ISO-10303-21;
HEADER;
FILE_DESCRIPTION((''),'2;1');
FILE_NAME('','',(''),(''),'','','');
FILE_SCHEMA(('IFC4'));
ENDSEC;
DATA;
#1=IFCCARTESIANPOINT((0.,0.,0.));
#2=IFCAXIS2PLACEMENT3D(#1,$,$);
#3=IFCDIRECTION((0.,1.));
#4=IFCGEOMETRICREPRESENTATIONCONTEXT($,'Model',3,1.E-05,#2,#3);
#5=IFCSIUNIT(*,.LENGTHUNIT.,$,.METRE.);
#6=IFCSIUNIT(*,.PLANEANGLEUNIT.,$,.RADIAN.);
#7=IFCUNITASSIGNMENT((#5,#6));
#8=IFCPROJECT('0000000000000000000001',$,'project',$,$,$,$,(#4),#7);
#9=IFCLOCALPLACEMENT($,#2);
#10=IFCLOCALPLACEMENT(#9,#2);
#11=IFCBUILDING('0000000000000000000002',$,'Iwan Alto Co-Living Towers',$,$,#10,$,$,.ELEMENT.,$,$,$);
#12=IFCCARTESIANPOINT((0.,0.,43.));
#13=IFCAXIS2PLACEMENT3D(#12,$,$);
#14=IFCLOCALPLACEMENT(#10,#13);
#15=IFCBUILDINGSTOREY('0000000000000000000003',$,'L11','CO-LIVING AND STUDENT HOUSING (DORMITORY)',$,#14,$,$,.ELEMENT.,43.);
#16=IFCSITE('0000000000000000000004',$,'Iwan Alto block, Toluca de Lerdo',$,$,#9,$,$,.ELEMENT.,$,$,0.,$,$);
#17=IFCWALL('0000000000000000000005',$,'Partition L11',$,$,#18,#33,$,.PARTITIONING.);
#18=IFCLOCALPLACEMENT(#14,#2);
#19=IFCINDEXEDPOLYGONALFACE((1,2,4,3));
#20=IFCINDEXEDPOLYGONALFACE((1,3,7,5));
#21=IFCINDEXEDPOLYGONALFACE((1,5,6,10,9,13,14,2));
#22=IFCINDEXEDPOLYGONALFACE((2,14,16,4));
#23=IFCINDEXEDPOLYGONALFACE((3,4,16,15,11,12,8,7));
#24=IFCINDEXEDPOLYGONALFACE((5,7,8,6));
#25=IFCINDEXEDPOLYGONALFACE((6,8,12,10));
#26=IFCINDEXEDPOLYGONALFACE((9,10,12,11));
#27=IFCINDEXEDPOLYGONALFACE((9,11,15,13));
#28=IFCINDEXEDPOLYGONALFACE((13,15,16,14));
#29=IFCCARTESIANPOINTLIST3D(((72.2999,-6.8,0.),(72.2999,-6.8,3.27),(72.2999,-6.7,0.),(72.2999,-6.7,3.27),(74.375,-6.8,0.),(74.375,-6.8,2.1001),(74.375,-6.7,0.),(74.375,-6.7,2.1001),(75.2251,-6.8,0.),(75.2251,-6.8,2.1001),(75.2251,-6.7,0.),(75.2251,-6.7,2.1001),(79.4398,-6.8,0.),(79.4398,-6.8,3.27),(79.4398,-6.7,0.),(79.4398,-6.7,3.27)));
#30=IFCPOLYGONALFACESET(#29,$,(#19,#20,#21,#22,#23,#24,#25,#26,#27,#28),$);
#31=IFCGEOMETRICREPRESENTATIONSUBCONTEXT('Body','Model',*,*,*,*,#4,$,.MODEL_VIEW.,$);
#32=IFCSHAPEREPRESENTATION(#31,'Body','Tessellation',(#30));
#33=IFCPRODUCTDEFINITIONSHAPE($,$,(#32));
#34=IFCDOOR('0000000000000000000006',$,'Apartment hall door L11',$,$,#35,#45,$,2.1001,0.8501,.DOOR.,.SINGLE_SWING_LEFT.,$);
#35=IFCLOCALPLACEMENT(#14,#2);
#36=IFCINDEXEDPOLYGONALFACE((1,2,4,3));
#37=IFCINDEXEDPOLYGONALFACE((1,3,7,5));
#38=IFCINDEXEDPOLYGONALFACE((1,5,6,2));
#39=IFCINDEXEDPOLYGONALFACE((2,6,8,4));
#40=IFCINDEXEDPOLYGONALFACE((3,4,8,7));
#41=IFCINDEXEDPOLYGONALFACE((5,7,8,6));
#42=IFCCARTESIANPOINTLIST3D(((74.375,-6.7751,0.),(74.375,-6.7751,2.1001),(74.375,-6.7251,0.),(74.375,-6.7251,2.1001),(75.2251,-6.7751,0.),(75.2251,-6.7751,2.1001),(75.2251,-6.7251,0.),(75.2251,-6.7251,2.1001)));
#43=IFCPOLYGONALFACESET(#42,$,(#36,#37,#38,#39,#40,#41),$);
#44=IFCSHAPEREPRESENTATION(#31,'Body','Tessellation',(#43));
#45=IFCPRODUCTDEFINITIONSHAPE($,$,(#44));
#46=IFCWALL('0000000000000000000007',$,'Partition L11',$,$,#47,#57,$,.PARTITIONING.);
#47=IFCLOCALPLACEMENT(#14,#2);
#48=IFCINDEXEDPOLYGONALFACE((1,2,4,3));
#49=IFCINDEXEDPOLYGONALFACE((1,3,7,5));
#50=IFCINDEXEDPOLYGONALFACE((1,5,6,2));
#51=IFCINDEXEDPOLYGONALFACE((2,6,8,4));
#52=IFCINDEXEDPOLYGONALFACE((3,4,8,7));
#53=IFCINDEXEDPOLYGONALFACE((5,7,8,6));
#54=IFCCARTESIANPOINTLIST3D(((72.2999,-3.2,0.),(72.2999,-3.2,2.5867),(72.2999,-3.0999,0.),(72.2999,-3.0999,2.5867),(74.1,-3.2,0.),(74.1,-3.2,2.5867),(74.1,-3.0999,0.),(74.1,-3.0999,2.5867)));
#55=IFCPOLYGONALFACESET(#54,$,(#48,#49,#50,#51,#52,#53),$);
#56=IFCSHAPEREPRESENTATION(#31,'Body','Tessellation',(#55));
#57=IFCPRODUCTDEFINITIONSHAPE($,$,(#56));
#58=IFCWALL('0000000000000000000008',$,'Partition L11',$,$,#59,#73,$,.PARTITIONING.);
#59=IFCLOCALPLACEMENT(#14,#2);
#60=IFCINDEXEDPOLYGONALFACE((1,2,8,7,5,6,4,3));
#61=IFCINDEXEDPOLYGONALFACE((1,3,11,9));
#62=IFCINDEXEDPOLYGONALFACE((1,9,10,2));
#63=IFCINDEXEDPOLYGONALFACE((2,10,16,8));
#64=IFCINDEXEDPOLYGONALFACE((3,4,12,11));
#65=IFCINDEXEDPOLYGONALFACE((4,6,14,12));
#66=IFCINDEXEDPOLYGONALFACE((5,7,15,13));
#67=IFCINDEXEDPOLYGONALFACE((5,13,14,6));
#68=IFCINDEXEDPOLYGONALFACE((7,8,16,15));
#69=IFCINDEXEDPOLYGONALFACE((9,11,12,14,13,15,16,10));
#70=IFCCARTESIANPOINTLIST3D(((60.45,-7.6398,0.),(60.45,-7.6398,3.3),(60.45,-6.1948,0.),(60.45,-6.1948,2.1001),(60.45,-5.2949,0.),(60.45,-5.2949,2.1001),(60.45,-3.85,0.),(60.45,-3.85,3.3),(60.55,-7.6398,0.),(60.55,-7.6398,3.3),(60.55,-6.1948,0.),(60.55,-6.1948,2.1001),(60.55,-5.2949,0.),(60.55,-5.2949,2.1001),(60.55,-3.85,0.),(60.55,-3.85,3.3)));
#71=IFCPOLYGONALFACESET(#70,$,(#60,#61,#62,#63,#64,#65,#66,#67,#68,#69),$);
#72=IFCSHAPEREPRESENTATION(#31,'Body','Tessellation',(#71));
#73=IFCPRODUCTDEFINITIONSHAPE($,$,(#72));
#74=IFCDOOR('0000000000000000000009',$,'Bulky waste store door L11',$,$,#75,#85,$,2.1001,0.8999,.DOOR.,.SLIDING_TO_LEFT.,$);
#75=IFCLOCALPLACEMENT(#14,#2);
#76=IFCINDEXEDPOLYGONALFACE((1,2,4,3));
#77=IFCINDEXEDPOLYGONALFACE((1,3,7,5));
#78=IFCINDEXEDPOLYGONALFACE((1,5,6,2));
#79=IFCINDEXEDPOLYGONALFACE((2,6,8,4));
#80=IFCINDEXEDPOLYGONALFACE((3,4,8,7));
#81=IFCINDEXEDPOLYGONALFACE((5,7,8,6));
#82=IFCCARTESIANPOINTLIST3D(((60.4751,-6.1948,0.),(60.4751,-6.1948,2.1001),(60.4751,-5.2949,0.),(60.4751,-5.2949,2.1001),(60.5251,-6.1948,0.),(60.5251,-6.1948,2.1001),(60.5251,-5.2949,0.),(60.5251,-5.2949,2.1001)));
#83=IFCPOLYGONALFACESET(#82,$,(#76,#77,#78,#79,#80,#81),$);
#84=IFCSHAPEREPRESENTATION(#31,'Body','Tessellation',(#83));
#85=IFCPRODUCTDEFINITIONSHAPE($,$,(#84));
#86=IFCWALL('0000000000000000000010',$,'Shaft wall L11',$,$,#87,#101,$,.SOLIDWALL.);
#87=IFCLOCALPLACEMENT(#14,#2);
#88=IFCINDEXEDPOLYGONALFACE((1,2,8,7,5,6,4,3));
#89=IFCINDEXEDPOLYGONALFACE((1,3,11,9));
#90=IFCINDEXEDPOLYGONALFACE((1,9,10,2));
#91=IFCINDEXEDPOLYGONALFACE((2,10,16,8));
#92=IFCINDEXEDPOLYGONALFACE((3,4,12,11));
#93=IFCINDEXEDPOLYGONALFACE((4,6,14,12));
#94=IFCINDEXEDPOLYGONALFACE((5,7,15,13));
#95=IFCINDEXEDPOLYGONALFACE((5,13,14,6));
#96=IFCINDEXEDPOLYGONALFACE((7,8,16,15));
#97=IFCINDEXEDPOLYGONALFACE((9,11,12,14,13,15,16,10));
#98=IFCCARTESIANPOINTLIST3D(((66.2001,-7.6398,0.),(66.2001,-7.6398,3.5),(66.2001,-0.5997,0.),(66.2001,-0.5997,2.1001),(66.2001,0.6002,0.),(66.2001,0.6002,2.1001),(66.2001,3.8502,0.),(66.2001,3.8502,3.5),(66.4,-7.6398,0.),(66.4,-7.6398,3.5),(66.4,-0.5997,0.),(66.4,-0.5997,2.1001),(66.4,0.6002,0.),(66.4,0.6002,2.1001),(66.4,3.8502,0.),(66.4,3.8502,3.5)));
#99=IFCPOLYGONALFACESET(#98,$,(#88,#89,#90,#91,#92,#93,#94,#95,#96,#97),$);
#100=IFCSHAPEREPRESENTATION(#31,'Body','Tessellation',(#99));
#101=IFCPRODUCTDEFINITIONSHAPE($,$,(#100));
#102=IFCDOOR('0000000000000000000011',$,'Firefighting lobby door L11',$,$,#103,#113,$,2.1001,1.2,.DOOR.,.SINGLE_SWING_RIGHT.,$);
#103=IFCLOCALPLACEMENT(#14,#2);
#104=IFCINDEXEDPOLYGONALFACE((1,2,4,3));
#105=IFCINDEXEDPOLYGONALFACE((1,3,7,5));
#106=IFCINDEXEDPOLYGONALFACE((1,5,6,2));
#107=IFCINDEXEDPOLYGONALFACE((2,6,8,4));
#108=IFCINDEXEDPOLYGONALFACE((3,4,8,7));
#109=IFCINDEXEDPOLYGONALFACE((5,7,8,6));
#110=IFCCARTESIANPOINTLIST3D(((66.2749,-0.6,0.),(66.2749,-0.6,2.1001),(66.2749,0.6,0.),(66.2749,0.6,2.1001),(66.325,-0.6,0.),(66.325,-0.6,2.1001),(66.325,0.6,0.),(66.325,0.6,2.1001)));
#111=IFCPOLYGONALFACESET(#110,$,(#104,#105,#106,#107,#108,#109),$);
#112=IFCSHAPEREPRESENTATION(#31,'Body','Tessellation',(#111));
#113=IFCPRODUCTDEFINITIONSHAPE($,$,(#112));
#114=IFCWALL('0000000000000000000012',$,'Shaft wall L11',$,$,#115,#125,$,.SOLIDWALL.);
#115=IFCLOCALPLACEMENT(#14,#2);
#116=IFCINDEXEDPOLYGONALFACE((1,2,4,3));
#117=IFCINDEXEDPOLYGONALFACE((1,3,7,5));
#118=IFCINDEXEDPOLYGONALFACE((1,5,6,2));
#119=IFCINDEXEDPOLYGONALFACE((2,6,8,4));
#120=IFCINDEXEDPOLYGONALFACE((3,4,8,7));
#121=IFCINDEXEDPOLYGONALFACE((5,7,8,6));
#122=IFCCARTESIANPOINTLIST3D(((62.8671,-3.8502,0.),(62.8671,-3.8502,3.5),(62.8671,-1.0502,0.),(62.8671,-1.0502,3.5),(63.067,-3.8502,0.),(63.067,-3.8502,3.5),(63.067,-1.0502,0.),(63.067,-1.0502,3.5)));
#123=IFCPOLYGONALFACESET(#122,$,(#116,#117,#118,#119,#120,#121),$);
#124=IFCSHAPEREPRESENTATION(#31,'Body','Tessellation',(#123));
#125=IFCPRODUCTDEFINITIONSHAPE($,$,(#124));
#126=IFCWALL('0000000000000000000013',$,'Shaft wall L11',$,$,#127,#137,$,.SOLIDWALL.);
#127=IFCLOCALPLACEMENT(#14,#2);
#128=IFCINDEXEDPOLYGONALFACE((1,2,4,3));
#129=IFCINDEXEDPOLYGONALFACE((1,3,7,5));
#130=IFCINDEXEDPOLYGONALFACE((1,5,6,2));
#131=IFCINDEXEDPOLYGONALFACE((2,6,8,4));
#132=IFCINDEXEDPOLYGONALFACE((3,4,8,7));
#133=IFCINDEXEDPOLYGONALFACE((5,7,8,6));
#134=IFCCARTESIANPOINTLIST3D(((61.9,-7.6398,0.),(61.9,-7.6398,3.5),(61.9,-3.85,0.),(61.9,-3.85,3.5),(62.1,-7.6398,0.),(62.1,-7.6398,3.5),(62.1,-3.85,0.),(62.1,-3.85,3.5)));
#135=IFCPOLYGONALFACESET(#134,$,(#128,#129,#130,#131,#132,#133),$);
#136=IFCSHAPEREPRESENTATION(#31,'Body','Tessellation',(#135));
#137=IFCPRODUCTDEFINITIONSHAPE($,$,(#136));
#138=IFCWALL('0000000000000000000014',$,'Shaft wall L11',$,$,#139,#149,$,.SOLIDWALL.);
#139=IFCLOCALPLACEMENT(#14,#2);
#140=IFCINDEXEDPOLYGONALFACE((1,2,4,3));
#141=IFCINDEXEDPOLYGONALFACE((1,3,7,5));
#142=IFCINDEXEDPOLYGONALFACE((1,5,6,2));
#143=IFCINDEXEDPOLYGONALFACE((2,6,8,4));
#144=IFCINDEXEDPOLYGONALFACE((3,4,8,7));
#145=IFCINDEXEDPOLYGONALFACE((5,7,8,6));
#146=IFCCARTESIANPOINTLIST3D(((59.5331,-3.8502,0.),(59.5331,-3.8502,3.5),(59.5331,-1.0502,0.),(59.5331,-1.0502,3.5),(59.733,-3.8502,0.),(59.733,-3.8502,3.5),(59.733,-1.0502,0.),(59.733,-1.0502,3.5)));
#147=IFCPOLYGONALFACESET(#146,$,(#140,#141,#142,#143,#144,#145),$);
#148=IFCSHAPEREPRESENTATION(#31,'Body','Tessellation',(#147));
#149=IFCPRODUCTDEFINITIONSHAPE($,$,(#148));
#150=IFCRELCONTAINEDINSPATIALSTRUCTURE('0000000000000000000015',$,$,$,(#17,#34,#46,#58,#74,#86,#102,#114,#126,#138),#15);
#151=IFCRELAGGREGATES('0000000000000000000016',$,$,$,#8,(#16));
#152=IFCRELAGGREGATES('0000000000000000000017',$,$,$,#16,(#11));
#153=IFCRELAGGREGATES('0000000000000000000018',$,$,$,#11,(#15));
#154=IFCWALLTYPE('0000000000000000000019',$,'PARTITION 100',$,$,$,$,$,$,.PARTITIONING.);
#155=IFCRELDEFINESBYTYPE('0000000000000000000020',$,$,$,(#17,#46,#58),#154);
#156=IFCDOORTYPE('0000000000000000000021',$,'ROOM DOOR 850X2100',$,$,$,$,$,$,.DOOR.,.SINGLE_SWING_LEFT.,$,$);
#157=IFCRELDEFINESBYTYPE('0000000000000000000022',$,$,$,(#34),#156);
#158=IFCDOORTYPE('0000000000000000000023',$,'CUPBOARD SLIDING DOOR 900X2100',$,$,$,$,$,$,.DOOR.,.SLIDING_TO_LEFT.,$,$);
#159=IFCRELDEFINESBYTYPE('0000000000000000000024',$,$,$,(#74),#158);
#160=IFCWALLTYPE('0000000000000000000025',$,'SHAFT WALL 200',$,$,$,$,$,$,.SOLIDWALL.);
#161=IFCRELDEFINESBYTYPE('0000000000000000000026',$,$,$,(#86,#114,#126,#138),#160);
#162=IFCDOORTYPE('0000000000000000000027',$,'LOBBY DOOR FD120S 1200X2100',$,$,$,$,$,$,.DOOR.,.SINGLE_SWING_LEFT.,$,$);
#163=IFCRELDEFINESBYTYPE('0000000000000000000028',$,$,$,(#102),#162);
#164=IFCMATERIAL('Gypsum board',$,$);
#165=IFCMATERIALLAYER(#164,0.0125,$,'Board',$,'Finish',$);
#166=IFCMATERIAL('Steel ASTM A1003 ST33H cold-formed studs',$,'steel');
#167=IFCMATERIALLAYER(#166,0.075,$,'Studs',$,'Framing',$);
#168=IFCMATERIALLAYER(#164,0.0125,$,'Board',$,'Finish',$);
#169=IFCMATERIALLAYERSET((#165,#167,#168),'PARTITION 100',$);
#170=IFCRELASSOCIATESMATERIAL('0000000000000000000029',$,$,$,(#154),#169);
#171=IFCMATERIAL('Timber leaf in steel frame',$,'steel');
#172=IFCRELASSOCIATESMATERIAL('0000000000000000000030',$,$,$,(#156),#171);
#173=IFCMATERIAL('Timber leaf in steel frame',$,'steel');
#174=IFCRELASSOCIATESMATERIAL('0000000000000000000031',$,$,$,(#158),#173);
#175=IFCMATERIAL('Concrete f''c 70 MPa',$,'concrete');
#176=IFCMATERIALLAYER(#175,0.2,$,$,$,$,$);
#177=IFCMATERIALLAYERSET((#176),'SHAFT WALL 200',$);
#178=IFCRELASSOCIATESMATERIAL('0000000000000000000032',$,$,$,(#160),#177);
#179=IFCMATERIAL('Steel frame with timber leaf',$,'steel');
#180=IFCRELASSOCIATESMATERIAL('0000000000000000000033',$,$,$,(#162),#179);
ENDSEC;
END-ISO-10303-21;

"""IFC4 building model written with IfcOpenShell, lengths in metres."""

from ifc_helpers import new_model, si_unit, direction, frame, frame_2d, origin, place, context, subcontext, project, spatial, rectangle, extrude, material, layer, layer_set, type_object, element, fill, save


model = new_model("IFC4")

# Units and contexts
model_context = context("Model", 3, precision=1e-05, world=origin(), true_north=direction((0.0, 1.0)))
body_context = subcontext(model_context, "Body", "Model", "MODEL_VIEW")
ifc_project = project(units=[si_unit("LENGTHUNIT", "METRE"), si_unit("PLANEANGLEUNIT", "RADIAN")], contexts=[model_context])

# Site, building, storey
site_placement = place(None, origin())
site = spatial("IfcSite", under=ifc_project, at=site_placement, Name="Iwan Alto block, Toluca de Lerdo", CompositionType="ELEMENT", RefElevation=0.0)
building_placement = place(site_placement, origin())
building = spatial("IfcBuilding", under=site, at=building_placement, Name="Iwan Alto Co-Living Towers", CompositionType="ELEMENT")
storey_placement = place(building_placement, frame((0.0, 0.0, 43.0)))
storey = spatial("IfcBuildingStorey", under=building, at=storey_placement, Name="L11", Description="CO-LIVING AND STUDENT HOUSING (DORMITORY)", CompositionType="ELEMENT", Elevation=43.0)

# Wall, opening, door
ifc_material_1 = material(Name="Gypsum board")
ifc_layer_1 = layer(ifc_material_1, 0.0125, Name="Board", Category="Finish")
ifc_material_2 = material(Name="Steel ASTM A1003 ST33H cold-formed studs", Category="steel")
ifc_layer_2 = layer(ifc_material_2, 0.075, Name="Studs", Category="Framing")
ifc_layer_3 = layer(ifc_material_1, 0.0125, Name="Board", Category="Finish")
ifc_layer_set_1 = layer_set([ifc_layer_1, ifc_layer_2, ifc_layer_3], Name="PARTITION 100")
wall_type_1 = type_object("IfcWallType", Name="PARTITION 100", PredefinedType="PARTITIONING", material=ifc_layer_set_1)
wall_1_placement = place(storey_placement, frame((72.3, -6.75, 0.0), z_axis=(0.0, 0.0, 1.0), x_axis=(1.0, 0.0, 0.0)))
wall_1 = element("IfcWall", 1, at=wall_1_placement, inside=storey, type_object=wall_type_1, Name="Partition L11", PredefinedType="PARTITIONING", context=body_context, shape_type="SweptSolid", body=[
    extrude(rectangle(XDim=7.1399, YDim=0.1001, at=frame_2d((3.5698, 0.0))), origin(), (0.0, 0.0, 1.0), 3.27),
])
opening_1_placement = place(wall_1_placement, frame((2.075, 0.0, 0.0)))
opening_1 = element("IfcOpeningElement", 2, at=opening_1_placement, cuts=wall_1, PredefinedType="OPENING", context=body_context, shape_type="SweptSolid", body=[
    extrude(rectangle(XDim=0.8501, YDim=2.1001, at=frame_2d((0.425, 1.05))), frame((0.0, 0.0601, 0.0), z_axis=(0.0, -1.0, 0.0), x_axis=(1.0, 0.0, 0.0)), (0.0, 0.0, 1.0), 0.1201),
])
ifc_material_3 = material(Name="Timber leaf in steel frame", Category="steel")
door_type_1 = type_object("IfcDoorType", Name="ROOM DOOR 850X2100", OperationType="SINGLE_SWING_LEFT", PredefinedType="DOOR", material=ifc_material_3)
door_1_placement = place(opening_1_placement, origin())
door_1 = element("IfcDoor", 3, at=door_1_placement, inside=storey, type_object=door_type_1, Name="Apartment hall door L11", OperationType="SINGLE_SWING_LEFT", OverallHeight=2.1001, OverallWidth=0.8501, PredefinedType="DOOR", context=body_context, shape_type="SweptSolid", body=[
    extrude(rectangle(XDim=0.8501, YDim=2.1001, at=frame_2d((0.425, 1.05))), frame((0.0, 0.0249, 0.0), z_axis=(0.0, -1.0, 0.0), x_axis=(1.0, 0.0, 0.0)), (0.0, 0.0, 1.0), 0.05),
])
fill(opening_1, door_1)

# Wall
wall_2_placement = place(storey_placement, frame((72.3, -3.1499, 0.0), z_axis=(0.0, 0.0, 1.0), x_axis=(1.0, 0.0, 0.0)))
element("IfcWall", 4, at=wall_2_placement, inside=storey, type_object=wall_type_1, Name="Partition L11", PredefinedType="PARTITIONING", context=body_context, shape_type="SweptSolid", body=[
    extrude(rectangle(XDim=1.8, YDim=0.1001, at=frame_2d((0.8999, 0.0))), origin(), (0.0, 0.0, 1.0), 2.5867),
])

# Walls, openings, doors
wall_3_placement = place(storey_placement, frame((60.5, -7.6399, 0.0), z_axis=(0.0, 0.0, 1.0), x_axis=(0.0, 1.0, 0.0)))
wall_3 = element("IfcWall", 5, at=wall_3_placement, inside=storey, type_object=wall_type_1, Name="Partition L11", PredefinedType="PARTITIONING", context=body_context, shape_type="SweptSolid", body=[
    extrude(rectangle(XDim=3.7898, YDim=0.1001, at=frame_2d((1.895, 0.0))), origin(), (0.0, 0.0, 1.0), 3.3),
])
opening_2_placement = place(wall_3_placement, frame((1.4451, 0.0, 0.0)))
opening_2 = element("IfcOpeningElement", 6, at=opening_2_placement, cuts=wall_3, PredefinedType="OPENING", context=body_context, shape_type="SweptSolid", body=[
    extrude(rectangle(XDim=0.8999, YDim=2.1001, at=frame_2d((0.45, 1.05))), frame((0.0, 0.0601, 0.0), z_axis=(0.0, -1.0, 0.0), x_axis=(1.0, 0.0, 0.0)), (0.0, 0.0, 1.0), 0.1201),
])
ifc_material_4 = material(Name="Timber leaf in steel frame", Category="steel")
door_type_2 = type_object("IfcDoorType", Name="CUPBOARD SLIDING DOOR 900X2100", OperationType="SLIDING_TO_LEFT", PredefinedType="DOOR", material=ifc_material_4)
door_2_placement = place(opening_2_placement, origin())
door_2 = element("IfcDoor", 7, at=door_2_placement, inside=storey, type_object=door_type_2, Name="Bulky waste store door L11", OperationType="SLIDING_TO_LEFT", OverallHeight=2.1001, OverallWidth=0.8999, PredefinedType="DOOR", context=body_context, shape_type="SweptSolid", body=[
    extrude(rectangle(XDim=0.8999, YDim=2.1001, at=frame_2d((0.45, 1.05))), frame((0.0, 0.0249, 0.0), z_axis=(0.0, -1.0, 0.0), x_axis=(1.0, 0.0, 0.0)), (0.0, 0.0, 1.0), 0.05),
])
fill(opening_2, door_2)
ifc_material_5 = material(Name="Concrete f'c 70 MPa", Category="concrete")
ifc_layer_4 = layer(ifc_material_5, 0.2)
ifc_layer_set_2 = layer_set([ifc_layer_4], Name="SHAFT WALL 200")
wall_type_2 = type_object("IfcWallType", Name="SHAFT WALL 200", PredefinedType="SOLIDWALL", material=ifc_layer_set_2)
wall_4_placement = place(storey_placement, frame((66.3, -7.6399, 0.0), z_axis=(0.0, 0.0, 1.0), x_axis=(0.0, 1.0, 0.0)))
wall_4 = element("IfcWall", 8, at=wall_4_placement, inside=storey, type_object=wall_type_2, Name="Shaft wall L11", PredefinedType="SOLIDWALL", context=body_context, shape_type="SweptSolid", body=[
    extrude(rectangle(XDim=11.49, YDim=0.2, at=frame_2d((5.7451, 0.0))), origin(), (0.0, 0.0, 1.0), 3.5),
])
opening_3_placement = place(wall_4_placement, frame((7.04, 0.0, 0.0)))
opening_3 = element("IfcOpeningElement", 9, at=opening_3_placement, cuts=wall_4, PredefinedType="OPENING", context=body_context, shape_type="SweptSolid", body=[
    extrude(rectangle(XDim=1.2, YDim=2.1001, at=frame_2d((0.6001, 1.05))), frame((0.0, 0.1099, 0.0), z_axis=(0.0, -1.0, 0.0), x_axis=(1.0, 0.0, 0.0)), (0.0, 0.0, 1.0), 0.22),
])
ifc_material_6 = material(Name="Steel frame with timber leaf", Category="steel")
door_type_3 = type_object("IfcDoorType", Name="LOBBY DOOR FD120S 1200X2100", OperationType="SINGLE_SWING_LEFT", PredefinedType="DOOR", material=ifc_material_6)
door_3_placement = place(opening_3_placement, frame((1.2, 0.0, 0.0), z_axis=(0.0, 0.0, 1.0), x_axis=(-1.0, 0.0, 0.0)))
door_3 = element("IfcDoor", 10, at=door_3_placement, inside=storey, type_object=door_type_3, Name="Firefighting lobby door L11", OperationType="SINGLE_SWING_RIGHT", OverallHeight=2.1001, OverallWidth=1.2, PredefinedType="DOOR", context=body_context, shape_type="SweptSolid", body=[
    extrude(rectangle(XDim=1.2, YDim=2.1001, at=frame_2d((0.6001, 1.05))), frame((0.0, 0.0249, 0.0), z_axis=(0.0, -1.0, 0.0), x_axis=(1.0, 0.0, 0.0)), (0.0, 0.0, 1.0), 0.05),
])
fill(opening_3, door_3)

# Walls
wall_5_placement = place(storey_placement, frame((62.967, -3.8501, 0.0), z_axis=(0.0, 0.0, 1.0), x_axis=(0.0, 1.0, 0.0)))
element("IfcWall", 11, at=wall_5_placement, inside=storey, type_object=wall_type_2, Name="Shaft wall L11", PredefinedType="SOLIDWALL", context=body_context, shape_type="SweptSolid", body=[
    extrude(rectangle(XDim=2.8, YDim=0.2, at=frame_2d((1.3999, 0.0))), origin(), (0.0, 0.0, 1.0), 3.5),
])
wall_6_placement = place(storey_placement, frame((62.0, -7.6399, 0.0), z_axis=(0.0, 0.0, 1.0), x_axis=(0.0, 1.0, 0.0)))
element("IfcWall", 12, at=wall_6_placement, inside=storey, type_object=wall_type_2, Name="Shaft wall L11", PredefinedType="SOLIDWALL", context=body_context, shape_type="SweptSolid", body=[
    extrude(rectangle(XDim=3.7898, YDim=0.2, at=frame_2d((1.895, 0.0))), origin(), (0.0, 0.0, 1.0), 3.5),
])
wall_7_placement = place(storey_placement, frame((59.6331, -3.8501, 0.0), z_axis=(0.0, 0.0, 1.0), x_axis=(0.0, 1.0, 0.0)))
element("IfcWall", 13, at=wall_7_placement, inside=storey, type_object=wall_type_2, Name="Shaft wall L11", PredefinedType="SOLIDWALL", context=body_context, shape_type="SweptSolid", body=[
    extrude(rectangle(XDim=2.8, YDim=0.2, at=frame_2d((1.3999, 0.0))), origin(), (0.0, 0.0, 1.0), 3.5),
])

save(model, "model.ifc")
